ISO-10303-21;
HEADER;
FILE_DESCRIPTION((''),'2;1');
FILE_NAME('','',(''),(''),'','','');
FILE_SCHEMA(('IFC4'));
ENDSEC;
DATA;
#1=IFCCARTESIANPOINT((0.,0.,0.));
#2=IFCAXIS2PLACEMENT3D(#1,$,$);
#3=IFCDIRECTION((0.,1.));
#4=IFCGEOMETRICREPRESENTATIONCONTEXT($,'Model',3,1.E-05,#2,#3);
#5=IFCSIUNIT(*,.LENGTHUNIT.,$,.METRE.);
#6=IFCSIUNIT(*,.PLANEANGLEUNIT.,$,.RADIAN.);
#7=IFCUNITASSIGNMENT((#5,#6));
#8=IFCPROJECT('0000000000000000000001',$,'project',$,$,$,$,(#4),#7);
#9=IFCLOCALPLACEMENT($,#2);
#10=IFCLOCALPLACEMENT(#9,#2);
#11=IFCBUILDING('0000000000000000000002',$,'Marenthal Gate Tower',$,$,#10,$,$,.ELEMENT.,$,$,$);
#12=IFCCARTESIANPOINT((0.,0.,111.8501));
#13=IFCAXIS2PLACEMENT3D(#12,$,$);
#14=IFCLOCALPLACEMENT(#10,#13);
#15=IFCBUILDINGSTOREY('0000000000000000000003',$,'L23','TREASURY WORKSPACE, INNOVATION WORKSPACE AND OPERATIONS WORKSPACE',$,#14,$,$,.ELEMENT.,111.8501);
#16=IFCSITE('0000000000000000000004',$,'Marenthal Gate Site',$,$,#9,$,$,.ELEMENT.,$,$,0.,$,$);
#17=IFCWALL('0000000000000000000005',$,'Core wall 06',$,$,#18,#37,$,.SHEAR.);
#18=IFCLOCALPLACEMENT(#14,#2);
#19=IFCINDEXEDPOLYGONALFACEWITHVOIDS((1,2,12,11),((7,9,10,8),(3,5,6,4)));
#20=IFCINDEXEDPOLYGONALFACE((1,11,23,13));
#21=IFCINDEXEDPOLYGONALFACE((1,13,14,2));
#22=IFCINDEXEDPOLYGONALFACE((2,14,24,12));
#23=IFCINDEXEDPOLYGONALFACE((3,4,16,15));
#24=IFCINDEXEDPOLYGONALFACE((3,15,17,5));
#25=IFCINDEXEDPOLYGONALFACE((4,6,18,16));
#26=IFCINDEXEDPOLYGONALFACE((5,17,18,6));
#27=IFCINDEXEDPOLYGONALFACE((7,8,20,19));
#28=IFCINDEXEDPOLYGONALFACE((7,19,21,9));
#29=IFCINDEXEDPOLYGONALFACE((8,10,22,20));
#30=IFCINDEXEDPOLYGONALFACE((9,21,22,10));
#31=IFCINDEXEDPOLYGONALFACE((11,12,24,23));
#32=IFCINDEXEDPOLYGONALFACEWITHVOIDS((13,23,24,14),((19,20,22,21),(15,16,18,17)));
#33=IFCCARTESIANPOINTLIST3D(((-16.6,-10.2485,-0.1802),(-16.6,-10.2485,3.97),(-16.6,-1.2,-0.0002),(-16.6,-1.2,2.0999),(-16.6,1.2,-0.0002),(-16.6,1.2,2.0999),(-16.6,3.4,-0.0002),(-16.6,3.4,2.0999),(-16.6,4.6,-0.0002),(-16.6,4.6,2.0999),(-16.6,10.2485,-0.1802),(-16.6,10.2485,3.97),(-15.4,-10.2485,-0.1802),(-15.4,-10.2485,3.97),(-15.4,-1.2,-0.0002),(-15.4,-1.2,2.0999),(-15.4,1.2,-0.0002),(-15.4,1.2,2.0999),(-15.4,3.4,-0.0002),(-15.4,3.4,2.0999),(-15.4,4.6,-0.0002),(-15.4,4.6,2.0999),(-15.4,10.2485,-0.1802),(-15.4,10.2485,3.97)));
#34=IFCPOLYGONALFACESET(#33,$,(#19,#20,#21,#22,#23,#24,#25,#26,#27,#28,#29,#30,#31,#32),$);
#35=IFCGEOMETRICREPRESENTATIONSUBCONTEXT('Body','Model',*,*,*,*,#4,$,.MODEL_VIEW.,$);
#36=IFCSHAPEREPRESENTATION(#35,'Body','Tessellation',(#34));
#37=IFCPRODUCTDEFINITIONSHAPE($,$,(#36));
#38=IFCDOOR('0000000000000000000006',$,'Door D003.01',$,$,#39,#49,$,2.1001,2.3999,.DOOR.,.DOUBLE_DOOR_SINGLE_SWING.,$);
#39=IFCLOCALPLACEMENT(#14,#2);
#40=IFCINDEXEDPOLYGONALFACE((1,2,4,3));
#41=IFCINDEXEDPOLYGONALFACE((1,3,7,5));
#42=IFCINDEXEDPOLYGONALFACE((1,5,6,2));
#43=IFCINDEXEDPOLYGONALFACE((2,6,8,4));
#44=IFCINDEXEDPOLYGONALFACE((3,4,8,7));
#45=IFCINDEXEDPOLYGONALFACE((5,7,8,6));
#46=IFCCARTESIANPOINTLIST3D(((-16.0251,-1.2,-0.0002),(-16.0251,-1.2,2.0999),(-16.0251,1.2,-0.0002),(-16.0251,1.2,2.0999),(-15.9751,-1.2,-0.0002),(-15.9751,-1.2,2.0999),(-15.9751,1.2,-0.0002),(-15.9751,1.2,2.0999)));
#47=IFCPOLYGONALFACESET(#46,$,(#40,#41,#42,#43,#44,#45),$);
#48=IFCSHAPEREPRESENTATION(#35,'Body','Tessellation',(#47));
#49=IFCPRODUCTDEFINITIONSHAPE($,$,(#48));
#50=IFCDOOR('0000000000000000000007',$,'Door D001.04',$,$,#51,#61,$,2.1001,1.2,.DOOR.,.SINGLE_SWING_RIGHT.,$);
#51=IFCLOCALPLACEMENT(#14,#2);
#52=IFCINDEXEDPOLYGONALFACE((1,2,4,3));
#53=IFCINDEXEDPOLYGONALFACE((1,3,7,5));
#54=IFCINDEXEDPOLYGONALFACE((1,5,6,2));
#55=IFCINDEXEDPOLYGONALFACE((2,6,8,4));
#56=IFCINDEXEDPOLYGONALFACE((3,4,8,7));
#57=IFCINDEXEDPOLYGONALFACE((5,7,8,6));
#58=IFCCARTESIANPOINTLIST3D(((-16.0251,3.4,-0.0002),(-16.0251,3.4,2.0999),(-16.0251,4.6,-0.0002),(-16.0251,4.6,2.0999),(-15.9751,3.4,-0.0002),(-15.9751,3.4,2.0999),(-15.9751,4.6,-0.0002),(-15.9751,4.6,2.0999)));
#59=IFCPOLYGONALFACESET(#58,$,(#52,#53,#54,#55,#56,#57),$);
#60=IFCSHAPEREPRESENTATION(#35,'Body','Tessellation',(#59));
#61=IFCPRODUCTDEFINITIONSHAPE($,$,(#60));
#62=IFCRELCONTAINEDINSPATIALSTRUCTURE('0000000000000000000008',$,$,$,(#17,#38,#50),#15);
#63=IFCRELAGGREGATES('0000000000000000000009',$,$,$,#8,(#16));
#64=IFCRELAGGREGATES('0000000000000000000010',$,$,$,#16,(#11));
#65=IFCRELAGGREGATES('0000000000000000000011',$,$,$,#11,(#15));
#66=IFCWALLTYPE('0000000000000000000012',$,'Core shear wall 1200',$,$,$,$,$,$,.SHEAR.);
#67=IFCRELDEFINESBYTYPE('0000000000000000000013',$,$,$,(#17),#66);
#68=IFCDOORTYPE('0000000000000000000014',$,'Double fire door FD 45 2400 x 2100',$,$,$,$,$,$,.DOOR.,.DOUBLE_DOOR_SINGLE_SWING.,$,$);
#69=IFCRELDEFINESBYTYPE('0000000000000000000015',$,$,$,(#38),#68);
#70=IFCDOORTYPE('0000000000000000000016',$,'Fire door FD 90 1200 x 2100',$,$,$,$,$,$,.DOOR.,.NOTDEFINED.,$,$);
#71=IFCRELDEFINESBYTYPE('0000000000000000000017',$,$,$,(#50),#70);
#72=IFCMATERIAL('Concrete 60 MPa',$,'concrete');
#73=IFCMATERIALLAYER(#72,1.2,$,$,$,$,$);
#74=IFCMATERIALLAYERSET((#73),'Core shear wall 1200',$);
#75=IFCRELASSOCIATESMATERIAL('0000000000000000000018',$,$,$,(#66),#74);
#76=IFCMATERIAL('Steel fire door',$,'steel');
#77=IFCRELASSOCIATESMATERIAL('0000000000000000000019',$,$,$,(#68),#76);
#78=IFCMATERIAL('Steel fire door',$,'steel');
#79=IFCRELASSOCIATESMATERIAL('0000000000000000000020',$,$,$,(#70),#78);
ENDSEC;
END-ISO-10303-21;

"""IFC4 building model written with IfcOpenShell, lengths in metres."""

from ifc_helpers import new_model, si_unit, direction, frame, frame_2d, origin, place, context, subcontext, project, spatial, rectangle, extrude, material, layer, layer_set, type_object, element, fill, save


model = new_model("IFC4")

# Units and contexts
model_context = context("Model", 3, precision=1e-05, world=origin(), true_north=direction((0.0, 1.0)))
body_context = subcontext(model_context, "Body", "Model", "MODEL_VIEW")
ifc_project = project(units=[si_unit("LENGTHUNIT", "METRE"), si_unit("PLANEANGLEUNIT", "RADIAN")], contexts=[model_context])

# Site, building, storey
site_placement = place(None, origin())
site = spatial("IfcSite", under=ifc_project, at=site_placement, Name="Marenthal Gate Site", CompositionType="ELEMENT", RefElevation=0.0)
building_placement = place(site_placement, origin())
building = spatial("IfcBuilding", under=site, at=building_placement, Name="Marenthal Gate Tower", CompositionType="ELEMENT")
storey_placement = place(building_placement, frame((0.0, 0.0, 111.8501)))
storey = spatial("IfcBuildingStorey", under=building, at=storey_placement, Name="L23", Description="TREASURY WORKSPACE, INNOVATION WORKSPACE AND OPERATIONS WORKSPACE", CompositionType="ELEMENT", Elevation=111.8501)

# Wall, openings, doors
ifc_material_1 = material(Name="Concrete 60 MPa", Category="concrete")
ifc_layer_1 = layer(ifc_material_1, 1.2)
ifc_layer_set_1 = layer_set([ifc_layer_1], Name="Core shear wall 1200")
wall_type_1 = type_object("IfcWallType", Name="Core shear wall 1200", PredefinedType="SHEAR", material=ifc_layer_set_1)
wall_1_placement = place(storey_placement, frame((-16.0, 10.2485, -0.1802), z_axis=(0.0, 0.0, 1.0), x_axis=(0.0, -1.0, 0.0)))
wall_1 = element("IfcWall", 1, at=wall_1_placement, inside=storey, type_object=wall_type_1, Name="Core wall 06", PredefinedType="SHEAR", context=body_context, shape_type="SweptSolid", body=[
    extrude(rectangle(XDim=20.4971, YDim=1.2, at=frame_2d((10.2485, 0.0))), origin(), (0.0, 0.0, 1.0), 4.1501),
])
opening_1_placement = place(wall_1_placement, frame((9.0486, 0.0, 0.1799)))
opening_1 = element("IfcOpeningElement", 2, at=opening_1_placement, cuts=wall_1, PredefinedType="OPENING", context=body_context, shape_type="SweptSolid", body=[
    extrude(rectangle(XDim=2.3999, YDim=2.1001, at=frame_2d((1.2, 1.05))), frame((0.0, 0.6099, 0.0), z_axis=(0.0, -1.0, 0.0), x_axis=(1.0, 0.0, 0.0)), (0.0, 0.0, 1.0), 1.22),
])
opening_2_placement = place(wall_1_placement, frame((5.6484, 0.0, 0.1799)))
opening_2 = element("IfcOpeningElement", 3, at=opening_2_placement, cuts=wall_1, PredefinedType="OPENING", context=body_context, shape_type="SweptSolid", body=[
    extrude(rectangle(XDim=1.2, YDim=2.1001, at=frame_2d((0.6001, 1.05))), frame((0.0, 0.6099, 0.0), z_axis=(0.0, -1.0, 0.0), x_axis=(1.0, 0.0, 0.0)), (0.0, 0.0, 1.0), 1.22),
])
ifc_material_2 = material(Name="Steel fire door", Category="steel")
door_type_1 = type_object("IfcDoorType", Name="Double fire door FD 45 2400 x 2100", OperationType="DOUBLE_DOOR_SINGLE_SWING", PredefinedType="DOOR", material=ifc_material_2)
door_1_placement = place(opening_1_placement, origin())
door_1 = element("IfcDoor", 4, at=door_1_placement, inside=storey, type_object=door_type_1, Name="Door D003.01", OperationType="DOUBLE_DOOR_SINGLE_SWING", OverallHeight=2.1001, OverallWidth=2.3999, PredefinedType="DOOR", context=body_context, shape_type="SweptSolid", body=[
    extrude(rectangle(XDim=2.3999, YDim=2.1001, at=frame_2d((1.2, 1.05))), frame((0.0, 0.0249, 0.0), z_axis=(0.0, -1.0, 0.0), x_axis=(1.0, 0.0, 0.0)), (0.0, 0.0, 1.0), 0.05),
])
fill(opening_1, door_1)
ifc_material_3 = material(Name="Steel fire door", Category="steel")
door_type_2 = type_object("IfcDoorType", Name="Fire door FD 90 1200 x 2100", OperationType="NOTDEFINED", PredefinedType="DOOR", material=ifc_material_3)
door_2_placement = place(opening_2_placement, origin())
door_2 = element("IfcDoor", 5, at=door_2_placement, inside=storey, type_object=door_type_2, Name="Door D001.04", OperationType="SINGLE_SWING_RIGHT", OverallHeight=2.1001, OverallWidth=1.2, PredefinedType="DOOR", context=body_context, shape_type="SweptSolid", body=[
    extrude(rectangle(XDim=1.2, YDim=2.1001, at=frame_2d((0.6001, 1.05))), frame((0.0, 0.0249, 0.0), z_axis=(0.0, -1.0, 0.0), x_axis=(1.0, 0.0, 0.0)), (0.0, 0.0, 1.0), 0.05),
])
fill(opening_2, door_2)

save(model, "model.ifc")
